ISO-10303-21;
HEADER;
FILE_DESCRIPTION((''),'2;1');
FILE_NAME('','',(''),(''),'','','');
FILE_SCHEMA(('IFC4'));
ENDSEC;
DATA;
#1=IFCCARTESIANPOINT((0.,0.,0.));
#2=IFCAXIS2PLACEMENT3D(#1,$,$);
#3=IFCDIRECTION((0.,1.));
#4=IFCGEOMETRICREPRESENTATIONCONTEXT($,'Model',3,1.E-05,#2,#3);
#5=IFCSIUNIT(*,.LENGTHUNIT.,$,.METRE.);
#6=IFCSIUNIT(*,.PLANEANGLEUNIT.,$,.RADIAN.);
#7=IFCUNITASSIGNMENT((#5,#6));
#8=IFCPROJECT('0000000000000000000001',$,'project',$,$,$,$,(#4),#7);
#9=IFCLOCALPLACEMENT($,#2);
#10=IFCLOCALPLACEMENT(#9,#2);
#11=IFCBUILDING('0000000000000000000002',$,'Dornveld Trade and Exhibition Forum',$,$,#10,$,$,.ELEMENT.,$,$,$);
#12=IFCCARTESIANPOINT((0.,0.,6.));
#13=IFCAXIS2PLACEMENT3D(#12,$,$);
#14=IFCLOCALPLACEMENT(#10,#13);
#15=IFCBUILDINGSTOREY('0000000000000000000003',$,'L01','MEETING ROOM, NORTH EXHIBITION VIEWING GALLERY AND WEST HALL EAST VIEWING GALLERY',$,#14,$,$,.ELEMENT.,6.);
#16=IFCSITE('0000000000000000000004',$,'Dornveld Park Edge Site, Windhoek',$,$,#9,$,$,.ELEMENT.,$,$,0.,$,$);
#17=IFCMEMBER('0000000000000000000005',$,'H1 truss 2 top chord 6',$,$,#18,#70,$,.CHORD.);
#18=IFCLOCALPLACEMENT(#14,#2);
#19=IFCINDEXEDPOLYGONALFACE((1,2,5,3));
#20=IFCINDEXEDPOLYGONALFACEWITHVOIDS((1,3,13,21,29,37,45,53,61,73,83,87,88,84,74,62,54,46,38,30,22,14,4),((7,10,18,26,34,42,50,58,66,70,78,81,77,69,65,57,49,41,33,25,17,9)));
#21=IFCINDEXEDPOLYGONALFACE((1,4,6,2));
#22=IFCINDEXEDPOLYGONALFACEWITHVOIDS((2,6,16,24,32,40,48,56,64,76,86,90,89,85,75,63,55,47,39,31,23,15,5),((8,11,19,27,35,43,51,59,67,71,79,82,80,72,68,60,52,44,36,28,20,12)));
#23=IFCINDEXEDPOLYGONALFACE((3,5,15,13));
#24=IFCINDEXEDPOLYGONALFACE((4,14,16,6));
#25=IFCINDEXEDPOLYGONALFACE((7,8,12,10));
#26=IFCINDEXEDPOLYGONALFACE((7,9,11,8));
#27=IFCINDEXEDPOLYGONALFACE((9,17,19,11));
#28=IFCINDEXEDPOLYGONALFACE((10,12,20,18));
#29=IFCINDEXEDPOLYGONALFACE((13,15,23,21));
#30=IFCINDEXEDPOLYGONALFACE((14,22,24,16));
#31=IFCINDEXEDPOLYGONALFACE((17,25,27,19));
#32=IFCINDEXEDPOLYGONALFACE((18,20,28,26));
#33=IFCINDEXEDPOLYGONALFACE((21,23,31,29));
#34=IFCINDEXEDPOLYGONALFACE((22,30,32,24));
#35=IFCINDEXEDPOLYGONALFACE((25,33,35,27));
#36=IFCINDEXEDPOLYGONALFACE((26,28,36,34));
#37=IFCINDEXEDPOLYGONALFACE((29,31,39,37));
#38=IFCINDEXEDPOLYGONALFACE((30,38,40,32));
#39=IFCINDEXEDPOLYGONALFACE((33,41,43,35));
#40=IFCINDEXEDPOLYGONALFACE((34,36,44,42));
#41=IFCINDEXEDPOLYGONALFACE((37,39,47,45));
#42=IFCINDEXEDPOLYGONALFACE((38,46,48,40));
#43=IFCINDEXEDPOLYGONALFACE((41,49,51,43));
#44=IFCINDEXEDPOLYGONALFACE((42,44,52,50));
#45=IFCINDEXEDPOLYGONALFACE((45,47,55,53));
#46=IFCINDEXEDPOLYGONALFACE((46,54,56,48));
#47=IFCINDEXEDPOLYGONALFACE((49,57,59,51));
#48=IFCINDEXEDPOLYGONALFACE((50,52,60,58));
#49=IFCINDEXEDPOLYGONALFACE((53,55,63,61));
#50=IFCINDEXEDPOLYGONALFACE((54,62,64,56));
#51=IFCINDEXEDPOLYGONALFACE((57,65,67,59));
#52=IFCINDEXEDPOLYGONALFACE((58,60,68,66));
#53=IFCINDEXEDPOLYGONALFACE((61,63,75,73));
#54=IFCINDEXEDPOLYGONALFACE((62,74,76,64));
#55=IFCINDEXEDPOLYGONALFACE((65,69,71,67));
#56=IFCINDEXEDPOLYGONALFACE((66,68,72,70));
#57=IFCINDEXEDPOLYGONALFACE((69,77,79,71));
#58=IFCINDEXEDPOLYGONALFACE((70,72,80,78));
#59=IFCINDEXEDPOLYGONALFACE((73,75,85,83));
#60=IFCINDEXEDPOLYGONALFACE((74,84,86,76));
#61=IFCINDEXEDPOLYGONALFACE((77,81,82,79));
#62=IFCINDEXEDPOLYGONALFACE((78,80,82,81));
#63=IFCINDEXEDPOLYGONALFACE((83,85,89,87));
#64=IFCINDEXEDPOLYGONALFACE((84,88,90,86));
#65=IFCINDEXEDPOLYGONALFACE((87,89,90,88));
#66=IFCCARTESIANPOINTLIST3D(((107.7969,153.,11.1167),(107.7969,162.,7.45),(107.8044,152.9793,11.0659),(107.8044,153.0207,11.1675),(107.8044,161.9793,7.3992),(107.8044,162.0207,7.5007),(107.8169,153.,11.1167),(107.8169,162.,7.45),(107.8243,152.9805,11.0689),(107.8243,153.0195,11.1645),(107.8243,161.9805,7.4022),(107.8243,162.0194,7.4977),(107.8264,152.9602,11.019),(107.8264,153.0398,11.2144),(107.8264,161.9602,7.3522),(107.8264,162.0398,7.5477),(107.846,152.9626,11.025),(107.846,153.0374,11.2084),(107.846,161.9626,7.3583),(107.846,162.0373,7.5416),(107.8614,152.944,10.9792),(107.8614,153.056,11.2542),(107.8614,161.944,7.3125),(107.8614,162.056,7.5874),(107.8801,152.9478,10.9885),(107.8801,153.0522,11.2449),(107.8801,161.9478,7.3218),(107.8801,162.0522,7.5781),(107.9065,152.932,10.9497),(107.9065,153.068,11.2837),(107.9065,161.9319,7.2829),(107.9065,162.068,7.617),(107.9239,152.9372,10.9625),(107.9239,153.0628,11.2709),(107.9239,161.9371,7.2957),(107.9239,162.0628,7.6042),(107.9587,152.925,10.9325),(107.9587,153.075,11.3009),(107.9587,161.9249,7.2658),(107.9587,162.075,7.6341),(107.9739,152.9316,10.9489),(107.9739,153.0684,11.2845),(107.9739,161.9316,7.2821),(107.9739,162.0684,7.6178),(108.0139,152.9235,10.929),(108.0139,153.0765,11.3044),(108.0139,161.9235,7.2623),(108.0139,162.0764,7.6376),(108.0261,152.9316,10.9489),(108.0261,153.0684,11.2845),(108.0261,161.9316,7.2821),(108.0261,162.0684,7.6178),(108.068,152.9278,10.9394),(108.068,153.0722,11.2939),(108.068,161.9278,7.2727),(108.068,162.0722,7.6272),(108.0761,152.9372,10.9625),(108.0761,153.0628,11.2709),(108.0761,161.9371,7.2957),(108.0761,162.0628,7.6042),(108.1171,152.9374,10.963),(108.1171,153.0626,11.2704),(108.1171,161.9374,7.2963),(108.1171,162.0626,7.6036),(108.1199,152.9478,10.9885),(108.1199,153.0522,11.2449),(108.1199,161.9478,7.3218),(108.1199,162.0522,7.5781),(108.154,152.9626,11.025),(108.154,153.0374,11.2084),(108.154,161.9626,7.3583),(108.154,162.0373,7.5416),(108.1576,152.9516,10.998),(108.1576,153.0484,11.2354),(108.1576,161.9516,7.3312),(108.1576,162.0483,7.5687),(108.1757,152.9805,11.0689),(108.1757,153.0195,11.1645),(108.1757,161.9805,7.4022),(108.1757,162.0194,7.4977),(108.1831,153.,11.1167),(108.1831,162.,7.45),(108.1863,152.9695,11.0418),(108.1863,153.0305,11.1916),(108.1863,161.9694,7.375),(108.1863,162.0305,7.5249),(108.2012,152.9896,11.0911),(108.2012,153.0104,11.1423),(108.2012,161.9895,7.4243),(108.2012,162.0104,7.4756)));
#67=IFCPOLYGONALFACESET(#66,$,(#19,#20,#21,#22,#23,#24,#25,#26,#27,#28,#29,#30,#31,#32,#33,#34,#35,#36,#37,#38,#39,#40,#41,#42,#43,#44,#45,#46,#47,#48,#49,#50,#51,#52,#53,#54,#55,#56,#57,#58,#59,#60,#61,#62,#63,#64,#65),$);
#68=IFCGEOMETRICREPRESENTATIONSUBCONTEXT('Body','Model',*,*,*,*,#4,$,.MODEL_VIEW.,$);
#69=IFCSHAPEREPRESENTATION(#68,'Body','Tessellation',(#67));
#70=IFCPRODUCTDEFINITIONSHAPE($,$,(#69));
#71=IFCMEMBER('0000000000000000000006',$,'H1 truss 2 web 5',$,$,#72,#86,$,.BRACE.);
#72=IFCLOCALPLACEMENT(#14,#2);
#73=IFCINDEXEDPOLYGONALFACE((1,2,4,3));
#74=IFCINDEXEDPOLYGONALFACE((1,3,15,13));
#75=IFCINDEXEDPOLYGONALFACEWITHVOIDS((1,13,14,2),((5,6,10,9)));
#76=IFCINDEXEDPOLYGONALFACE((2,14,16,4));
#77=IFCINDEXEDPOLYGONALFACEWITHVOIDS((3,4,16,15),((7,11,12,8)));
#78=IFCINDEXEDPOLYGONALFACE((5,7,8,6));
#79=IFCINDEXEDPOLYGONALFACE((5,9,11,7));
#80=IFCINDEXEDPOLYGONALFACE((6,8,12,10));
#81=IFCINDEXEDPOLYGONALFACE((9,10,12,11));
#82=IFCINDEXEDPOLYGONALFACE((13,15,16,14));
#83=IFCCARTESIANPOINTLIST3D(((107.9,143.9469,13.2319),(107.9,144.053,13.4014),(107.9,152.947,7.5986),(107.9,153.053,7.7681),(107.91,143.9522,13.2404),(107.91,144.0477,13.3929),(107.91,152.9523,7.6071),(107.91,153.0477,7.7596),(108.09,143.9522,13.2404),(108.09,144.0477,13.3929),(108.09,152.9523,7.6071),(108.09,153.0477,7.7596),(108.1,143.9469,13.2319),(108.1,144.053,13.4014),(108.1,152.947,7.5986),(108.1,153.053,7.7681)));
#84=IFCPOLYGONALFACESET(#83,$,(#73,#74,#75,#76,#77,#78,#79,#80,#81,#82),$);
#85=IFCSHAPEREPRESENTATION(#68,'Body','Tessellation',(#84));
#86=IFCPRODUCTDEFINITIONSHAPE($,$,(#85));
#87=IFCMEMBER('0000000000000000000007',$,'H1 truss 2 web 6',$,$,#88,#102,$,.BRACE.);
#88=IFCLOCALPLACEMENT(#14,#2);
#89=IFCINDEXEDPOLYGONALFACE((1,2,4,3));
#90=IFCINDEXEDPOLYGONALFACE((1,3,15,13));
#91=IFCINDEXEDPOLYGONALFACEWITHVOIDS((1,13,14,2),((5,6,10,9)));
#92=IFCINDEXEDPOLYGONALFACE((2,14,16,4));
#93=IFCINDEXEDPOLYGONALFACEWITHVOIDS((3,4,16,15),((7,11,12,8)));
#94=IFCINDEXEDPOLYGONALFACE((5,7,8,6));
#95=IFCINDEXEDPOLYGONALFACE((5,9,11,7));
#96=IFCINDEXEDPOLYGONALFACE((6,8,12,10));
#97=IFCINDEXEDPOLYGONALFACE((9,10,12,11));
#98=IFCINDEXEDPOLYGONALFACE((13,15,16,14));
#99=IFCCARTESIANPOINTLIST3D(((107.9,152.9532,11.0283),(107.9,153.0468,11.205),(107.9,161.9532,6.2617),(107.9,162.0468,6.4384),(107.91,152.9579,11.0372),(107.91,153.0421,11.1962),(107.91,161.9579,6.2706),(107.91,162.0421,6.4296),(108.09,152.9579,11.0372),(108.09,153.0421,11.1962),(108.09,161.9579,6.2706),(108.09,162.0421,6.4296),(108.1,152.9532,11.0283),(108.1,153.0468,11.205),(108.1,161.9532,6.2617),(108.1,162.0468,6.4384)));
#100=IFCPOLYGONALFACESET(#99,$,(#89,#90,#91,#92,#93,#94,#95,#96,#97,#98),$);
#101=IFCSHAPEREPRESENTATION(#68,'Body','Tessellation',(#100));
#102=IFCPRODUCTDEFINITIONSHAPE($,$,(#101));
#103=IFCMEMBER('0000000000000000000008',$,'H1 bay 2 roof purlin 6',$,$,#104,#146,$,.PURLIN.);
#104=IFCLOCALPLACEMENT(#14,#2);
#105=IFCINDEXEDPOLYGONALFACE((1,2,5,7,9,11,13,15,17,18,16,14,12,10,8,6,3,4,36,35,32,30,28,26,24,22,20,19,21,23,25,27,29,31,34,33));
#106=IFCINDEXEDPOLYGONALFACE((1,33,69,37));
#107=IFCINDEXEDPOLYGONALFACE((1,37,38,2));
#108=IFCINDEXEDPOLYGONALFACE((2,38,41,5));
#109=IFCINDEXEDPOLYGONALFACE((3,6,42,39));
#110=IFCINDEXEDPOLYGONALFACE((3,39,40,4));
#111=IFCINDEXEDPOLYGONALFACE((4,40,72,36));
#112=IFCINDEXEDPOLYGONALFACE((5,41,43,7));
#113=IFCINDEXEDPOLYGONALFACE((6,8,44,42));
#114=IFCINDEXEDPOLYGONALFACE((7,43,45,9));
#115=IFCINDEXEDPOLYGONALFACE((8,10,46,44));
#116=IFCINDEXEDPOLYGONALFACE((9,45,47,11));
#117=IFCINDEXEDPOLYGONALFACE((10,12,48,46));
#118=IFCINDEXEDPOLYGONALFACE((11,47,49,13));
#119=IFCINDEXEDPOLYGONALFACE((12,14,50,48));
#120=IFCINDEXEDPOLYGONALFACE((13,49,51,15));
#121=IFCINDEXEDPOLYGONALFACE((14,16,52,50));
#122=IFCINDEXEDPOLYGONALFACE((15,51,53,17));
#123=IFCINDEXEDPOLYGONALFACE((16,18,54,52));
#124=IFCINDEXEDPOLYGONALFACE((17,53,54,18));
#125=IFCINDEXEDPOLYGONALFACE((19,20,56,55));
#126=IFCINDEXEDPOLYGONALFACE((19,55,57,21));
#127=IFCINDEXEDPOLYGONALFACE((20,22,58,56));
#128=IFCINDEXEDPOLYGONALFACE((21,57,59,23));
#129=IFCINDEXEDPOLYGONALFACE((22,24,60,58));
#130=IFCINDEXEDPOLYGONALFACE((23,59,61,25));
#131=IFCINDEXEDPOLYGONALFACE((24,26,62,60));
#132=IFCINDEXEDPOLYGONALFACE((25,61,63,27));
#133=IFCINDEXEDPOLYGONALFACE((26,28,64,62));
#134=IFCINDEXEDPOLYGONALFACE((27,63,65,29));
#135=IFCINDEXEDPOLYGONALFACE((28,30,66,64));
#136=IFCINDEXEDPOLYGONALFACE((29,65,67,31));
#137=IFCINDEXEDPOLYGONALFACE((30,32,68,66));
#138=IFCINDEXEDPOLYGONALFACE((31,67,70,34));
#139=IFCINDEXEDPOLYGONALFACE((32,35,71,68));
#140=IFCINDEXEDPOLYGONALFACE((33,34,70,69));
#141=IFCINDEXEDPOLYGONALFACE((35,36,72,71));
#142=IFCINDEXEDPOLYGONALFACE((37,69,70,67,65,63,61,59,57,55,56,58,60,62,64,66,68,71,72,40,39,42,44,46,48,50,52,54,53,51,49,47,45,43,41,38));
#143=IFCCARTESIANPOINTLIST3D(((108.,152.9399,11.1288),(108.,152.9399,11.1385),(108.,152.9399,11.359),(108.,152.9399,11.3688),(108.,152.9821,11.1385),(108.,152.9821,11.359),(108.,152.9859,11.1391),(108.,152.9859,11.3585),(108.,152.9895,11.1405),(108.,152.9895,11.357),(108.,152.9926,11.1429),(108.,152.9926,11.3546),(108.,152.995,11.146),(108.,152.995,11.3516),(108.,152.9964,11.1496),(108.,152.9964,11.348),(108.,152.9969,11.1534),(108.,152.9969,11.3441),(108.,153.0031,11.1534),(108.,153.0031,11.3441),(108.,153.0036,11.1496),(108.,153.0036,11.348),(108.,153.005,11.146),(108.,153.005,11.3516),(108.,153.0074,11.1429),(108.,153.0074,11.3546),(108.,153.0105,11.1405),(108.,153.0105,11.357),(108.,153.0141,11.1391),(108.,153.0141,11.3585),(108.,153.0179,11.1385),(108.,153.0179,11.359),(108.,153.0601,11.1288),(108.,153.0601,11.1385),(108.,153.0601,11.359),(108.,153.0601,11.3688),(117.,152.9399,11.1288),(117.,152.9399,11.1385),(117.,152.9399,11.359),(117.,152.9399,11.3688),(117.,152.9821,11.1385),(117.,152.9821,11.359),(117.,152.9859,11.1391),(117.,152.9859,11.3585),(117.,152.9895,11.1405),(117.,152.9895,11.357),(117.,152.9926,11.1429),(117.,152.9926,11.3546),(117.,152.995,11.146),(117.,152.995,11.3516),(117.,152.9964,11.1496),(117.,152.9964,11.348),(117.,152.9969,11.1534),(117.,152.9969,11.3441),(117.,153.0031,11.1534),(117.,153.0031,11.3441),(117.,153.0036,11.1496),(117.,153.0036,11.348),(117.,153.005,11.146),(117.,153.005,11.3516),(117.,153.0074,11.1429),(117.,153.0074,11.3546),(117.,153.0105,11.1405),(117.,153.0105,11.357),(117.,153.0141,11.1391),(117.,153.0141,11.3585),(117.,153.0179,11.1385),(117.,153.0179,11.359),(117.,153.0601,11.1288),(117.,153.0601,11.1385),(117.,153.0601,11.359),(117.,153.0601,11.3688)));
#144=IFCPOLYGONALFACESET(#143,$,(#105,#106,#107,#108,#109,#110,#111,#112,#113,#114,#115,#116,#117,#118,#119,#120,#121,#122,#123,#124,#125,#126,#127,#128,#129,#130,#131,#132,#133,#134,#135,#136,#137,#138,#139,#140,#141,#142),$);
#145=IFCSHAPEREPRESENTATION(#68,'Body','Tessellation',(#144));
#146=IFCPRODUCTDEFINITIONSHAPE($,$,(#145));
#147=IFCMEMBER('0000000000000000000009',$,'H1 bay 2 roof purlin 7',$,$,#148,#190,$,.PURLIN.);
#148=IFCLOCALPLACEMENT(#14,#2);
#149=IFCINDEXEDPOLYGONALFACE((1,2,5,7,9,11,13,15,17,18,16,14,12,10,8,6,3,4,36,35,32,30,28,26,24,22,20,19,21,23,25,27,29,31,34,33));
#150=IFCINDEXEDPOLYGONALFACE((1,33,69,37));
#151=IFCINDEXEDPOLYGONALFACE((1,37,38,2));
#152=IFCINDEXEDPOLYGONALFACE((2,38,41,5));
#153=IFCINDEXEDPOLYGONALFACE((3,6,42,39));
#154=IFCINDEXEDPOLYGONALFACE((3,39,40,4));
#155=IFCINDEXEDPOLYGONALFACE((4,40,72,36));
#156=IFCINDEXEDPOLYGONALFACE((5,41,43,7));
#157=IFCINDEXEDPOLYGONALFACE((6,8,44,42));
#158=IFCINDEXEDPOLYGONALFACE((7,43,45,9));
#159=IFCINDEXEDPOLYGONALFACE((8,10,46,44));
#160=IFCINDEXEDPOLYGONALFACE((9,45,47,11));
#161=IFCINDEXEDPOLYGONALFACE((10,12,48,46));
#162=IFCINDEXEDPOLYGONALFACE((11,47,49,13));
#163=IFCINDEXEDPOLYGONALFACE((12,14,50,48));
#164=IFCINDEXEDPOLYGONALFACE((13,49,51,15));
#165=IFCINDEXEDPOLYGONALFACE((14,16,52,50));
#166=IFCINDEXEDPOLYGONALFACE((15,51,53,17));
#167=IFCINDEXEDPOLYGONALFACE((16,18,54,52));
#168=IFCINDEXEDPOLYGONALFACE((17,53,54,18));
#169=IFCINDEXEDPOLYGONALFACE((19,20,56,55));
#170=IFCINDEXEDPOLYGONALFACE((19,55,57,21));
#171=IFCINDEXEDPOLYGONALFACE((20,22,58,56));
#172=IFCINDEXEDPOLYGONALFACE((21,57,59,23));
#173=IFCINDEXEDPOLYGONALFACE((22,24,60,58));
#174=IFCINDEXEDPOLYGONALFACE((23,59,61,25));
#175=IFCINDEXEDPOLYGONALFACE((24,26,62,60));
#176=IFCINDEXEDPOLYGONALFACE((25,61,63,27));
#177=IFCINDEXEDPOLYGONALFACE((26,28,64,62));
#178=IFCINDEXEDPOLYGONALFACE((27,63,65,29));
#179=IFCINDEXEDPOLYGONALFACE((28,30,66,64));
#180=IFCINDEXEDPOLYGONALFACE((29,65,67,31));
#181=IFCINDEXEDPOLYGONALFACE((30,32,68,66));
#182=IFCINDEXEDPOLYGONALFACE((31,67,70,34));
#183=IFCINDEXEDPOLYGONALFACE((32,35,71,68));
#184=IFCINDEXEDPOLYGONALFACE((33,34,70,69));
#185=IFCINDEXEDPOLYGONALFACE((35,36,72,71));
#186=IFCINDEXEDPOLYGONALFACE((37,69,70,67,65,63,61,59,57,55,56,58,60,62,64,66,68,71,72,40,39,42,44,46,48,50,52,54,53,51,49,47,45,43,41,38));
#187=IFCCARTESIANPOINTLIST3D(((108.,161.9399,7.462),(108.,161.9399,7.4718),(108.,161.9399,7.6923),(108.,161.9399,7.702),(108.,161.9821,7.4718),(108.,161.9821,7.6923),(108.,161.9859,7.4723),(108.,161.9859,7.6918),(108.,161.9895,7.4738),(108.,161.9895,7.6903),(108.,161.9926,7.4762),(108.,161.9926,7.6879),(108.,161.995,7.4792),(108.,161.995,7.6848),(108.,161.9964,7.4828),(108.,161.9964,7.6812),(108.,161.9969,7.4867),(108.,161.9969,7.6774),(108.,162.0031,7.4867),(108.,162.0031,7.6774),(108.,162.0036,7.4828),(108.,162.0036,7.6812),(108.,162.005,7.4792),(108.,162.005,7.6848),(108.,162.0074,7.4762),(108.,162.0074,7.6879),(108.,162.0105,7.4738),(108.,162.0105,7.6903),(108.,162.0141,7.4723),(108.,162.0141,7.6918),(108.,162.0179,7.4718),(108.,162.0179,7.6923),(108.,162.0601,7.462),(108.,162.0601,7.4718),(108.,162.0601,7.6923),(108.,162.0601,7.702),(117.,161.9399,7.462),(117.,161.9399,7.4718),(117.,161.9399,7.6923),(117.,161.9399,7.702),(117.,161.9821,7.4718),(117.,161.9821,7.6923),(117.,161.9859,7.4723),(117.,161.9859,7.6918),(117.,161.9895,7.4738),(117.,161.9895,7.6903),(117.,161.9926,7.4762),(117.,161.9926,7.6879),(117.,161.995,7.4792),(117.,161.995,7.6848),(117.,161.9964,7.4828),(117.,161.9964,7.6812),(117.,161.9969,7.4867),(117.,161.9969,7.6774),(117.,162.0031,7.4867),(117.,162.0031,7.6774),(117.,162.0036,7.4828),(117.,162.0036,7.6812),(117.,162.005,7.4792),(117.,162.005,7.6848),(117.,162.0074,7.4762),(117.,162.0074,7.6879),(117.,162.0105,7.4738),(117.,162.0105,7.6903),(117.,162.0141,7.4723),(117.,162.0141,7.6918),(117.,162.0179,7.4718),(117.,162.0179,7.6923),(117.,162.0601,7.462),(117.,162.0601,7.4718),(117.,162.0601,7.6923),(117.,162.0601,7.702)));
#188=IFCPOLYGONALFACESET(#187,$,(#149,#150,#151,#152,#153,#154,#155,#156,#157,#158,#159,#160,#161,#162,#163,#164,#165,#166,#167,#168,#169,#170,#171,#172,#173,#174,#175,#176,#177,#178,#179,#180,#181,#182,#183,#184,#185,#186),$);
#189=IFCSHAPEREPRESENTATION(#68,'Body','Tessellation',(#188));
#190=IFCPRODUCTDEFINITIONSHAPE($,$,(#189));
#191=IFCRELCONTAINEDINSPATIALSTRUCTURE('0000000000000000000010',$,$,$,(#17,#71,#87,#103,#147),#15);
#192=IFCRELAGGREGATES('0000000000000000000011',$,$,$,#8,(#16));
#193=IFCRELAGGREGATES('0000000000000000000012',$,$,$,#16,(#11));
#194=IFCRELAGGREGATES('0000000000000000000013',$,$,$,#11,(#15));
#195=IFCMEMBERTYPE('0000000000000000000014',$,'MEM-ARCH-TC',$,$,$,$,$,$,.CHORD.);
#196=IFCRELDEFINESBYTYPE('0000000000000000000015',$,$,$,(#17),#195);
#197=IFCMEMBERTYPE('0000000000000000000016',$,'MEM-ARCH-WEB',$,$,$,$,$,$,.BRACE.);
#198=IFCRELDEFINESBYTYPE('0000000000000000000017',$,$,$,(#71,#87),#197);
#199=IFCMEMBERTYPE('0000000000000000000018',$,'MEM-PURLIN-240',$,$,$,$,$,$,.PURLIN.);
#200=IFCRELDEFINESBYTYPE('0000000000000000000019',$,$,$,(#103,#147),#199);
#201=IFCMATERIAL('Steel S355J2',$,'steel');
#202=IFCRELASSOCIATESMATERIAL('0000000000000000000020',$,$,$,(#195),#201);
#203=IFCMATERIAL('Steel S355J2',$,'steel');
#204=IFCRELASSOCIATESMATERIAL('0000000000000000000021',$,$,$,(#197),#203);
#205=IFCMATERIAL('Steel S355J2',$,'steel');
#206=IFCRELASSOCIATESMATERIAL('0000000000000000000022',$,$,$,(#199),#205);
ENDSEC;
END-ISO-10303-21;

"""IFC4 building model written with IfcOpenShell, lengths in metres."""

from ifc_helpers import new_model, si_unit, direction, frame, origin, origin_2d, place, context, subcontext, project, spatial, hollow_rectangle, hollow_circle, i_section, extrude, material, material_profile, profile_set, type_object, element, save


model = new_model("IFC4")

# Units and contexts
model_context = context("Model", 3, precision=1e-05, world=origin(), true_north=direction((0.0, 1.0)))
body_context = subcontext(model_context, "Body", "Model", "MODEL_VIEW")
ifc_project = project(units=[si_unit("LENGTHUNIT", "METRE"), si_unit("PLANEANGLEUNIT", "RADIAN")], contexts=[model_context])

# Site, building, storey
site_placement = place(None, origin())
site = spatial("IfcSite", under=ifc_project, at=site_placement, Name="Dornveld Park Edge Site, Windhoek", CompositionType="ELEMENT", RefElevation=0.0)
building_placement = place(site_placement, origin())
building = spatial("IfcBuilding", under=site, at=building_placement, Name="Dornveld Trade and Exhibition Forum", CompositionType="ELEMENT")
storey_placement = place(building_placement, frame((0.0, 0.0, 6.0)))
storey = spatial("IfcBuildingStorey", under=building, at=storey_placement, Name="L01", Description="MEETING ROOM, NORTH EXHIBITION VIEWING GALLERY AND WEST HALL EAST VIEWING GALLERY", CompositionType="ELEMENT", Elevation=6.0)

# Members
ifc_material_1 = material(Name="Steel S355J2", Category="steel")
ifc_material_profile_1 = material_profile(ifc_material_1, hollow_circle(Radius=0.2031, WallThickness=0.02, at=origin_2d()), Name="CHS 406.4x20")
ifc_profile_set_1 = profile_set([ifc_material_profile_1], Name="Steel S355J2")
member_type_1 = type_object("IfcMemberType", Name="MEM-ARCH-TC", PredefinedType="CHORD", material=ifc_profile_set_1)
member_1_placement = place(storey_placement, frame((108.0, 153.0, 11.1167), z_axis=(0.0, 0.926089, -0.377304), x_axis=(-1.0, 0.0, 0.0)))
element("IfcMember", 1, at=member_1_placement, inside=storey, type_object=member_type_1, Name="H1 truss 2 top chord 6", PredefinedType="CHORD", context=body_context, shape_type="SweptSolid", body=[
    extrude(hollow_circle(Radius=0.2031, WallThickness=0.02, at=origin_2d()), origin(), (0.0, 0.0, 1.0), 9.7183),
])
ifc_material_2 = material(Name="Steel S355J2", Category="steel")
ifc_material_profile_2 = material_profile(ifc_material_2, hollow_rectangle(XDim=0.2, YDim=0.2, WallThickness=0.01, at=origin_2d()), Name="SHS 200x200x10")
ifc_profile_set_2 = profile_set([ifc_material_profile_2], Name="Steel S355J2")
member_type_2 = type_object("IfcMemberType", Name="MEM-ARCH-WEB", PredefinedType="BRACE", material=ifc_profile_set_2)
member_2_placement = place(storey_placement, frame((108.0, 153.0, 7.6833), z_axis=(0.0, -0.847647, 0.530561), x_axis=(1.0, 0.0, 0.0)))
element("IfcMember", 2, at=member_2_placement, inside=storey, type_object=member_type_2, Name="H1 truss 2 web 5", PredefinedType="BRACE", context=body_context, shape_type="SweptSolid", body=[
    extrude(hollow_rectangle(XDim=0.2, YDim=0.2, WallThickness=0.01, at=origin_2d()), origin(), (0.0, 0.0, 1.0), 10.6177),
])
member_3_placement = place(storey_placement, frame((108.0, 162.0, 6.3501), z_axis=(0.0, -0.883711, 0.468033), x_axis=(1.0, 0.0, 0.0)))
element("IfcMember", 3, at=member_3_placement, inside=storey, type_object=member_type_2, Name="H1 truss 2 web 6", PredefinedType="BRACE", context=body_context, shape_type="SweptSolid", body=[
    extrude(hollow_rectangle(XDim=0.2, YDim=0.2, WallThickness=0.01, at=origin_2d()), origin(), (0.0, 0.0, 1.0), 10.1843),
])
ifc_material_3 = material(Name="Steel S355J2", Category="steel")
ifc_material_profile_3 = material_profile(ifc_material_3, i_section(OverallWidth=0.1201, OverallDepth=0.24, WebThickness=0.0061, FlangeThickness=0.0098, FilletRadius=0.0149, at=origin_2d()), Name="IPE 240")
ifc_profile_set_3 = profile_set([ifc_material_profile_3], Name="Steel S355J2")
member_type_3 = type_object("IfcMemberType", Name="MEM-PURLIN-240", PredefinedType="PURLIN", material=ifc_profile_set_3)
for number, where, z_axis, x_axis, name in (
    (4, (108.0, 153.0, 11.2488), (1.0, 0.0, 0.0), (0.0, 1.0, 0.0), "H1 bay 2 roof purlin 6"),
    (5, (108.0, 162.0, 7.582), (1.0, 0.0, 0.0), (0.0, 1.0, 0.0), "H1 bay 2 roof purlin 7"),
):
    element("IfcMember", number, at=place(storey_placement, frame(where, z_axis=z_axis, x_axis=x_axis)), inside=storey, type_object=member_type_3, Name=name, PredefinedType="PURLIN", context=body_context, shape_type="SweptSolid", body=[
        extrude(i_section(OverallWidth=0.1201, OverallDepth=0.24, WebThickness=0.0061, FlangeThickness=0.0098, FilletRadius=0.0149, at=origin_2d()), origin(), (0.0, 0.0, 1.0), 9.0),
    ])

save(model, "model.ifc")
